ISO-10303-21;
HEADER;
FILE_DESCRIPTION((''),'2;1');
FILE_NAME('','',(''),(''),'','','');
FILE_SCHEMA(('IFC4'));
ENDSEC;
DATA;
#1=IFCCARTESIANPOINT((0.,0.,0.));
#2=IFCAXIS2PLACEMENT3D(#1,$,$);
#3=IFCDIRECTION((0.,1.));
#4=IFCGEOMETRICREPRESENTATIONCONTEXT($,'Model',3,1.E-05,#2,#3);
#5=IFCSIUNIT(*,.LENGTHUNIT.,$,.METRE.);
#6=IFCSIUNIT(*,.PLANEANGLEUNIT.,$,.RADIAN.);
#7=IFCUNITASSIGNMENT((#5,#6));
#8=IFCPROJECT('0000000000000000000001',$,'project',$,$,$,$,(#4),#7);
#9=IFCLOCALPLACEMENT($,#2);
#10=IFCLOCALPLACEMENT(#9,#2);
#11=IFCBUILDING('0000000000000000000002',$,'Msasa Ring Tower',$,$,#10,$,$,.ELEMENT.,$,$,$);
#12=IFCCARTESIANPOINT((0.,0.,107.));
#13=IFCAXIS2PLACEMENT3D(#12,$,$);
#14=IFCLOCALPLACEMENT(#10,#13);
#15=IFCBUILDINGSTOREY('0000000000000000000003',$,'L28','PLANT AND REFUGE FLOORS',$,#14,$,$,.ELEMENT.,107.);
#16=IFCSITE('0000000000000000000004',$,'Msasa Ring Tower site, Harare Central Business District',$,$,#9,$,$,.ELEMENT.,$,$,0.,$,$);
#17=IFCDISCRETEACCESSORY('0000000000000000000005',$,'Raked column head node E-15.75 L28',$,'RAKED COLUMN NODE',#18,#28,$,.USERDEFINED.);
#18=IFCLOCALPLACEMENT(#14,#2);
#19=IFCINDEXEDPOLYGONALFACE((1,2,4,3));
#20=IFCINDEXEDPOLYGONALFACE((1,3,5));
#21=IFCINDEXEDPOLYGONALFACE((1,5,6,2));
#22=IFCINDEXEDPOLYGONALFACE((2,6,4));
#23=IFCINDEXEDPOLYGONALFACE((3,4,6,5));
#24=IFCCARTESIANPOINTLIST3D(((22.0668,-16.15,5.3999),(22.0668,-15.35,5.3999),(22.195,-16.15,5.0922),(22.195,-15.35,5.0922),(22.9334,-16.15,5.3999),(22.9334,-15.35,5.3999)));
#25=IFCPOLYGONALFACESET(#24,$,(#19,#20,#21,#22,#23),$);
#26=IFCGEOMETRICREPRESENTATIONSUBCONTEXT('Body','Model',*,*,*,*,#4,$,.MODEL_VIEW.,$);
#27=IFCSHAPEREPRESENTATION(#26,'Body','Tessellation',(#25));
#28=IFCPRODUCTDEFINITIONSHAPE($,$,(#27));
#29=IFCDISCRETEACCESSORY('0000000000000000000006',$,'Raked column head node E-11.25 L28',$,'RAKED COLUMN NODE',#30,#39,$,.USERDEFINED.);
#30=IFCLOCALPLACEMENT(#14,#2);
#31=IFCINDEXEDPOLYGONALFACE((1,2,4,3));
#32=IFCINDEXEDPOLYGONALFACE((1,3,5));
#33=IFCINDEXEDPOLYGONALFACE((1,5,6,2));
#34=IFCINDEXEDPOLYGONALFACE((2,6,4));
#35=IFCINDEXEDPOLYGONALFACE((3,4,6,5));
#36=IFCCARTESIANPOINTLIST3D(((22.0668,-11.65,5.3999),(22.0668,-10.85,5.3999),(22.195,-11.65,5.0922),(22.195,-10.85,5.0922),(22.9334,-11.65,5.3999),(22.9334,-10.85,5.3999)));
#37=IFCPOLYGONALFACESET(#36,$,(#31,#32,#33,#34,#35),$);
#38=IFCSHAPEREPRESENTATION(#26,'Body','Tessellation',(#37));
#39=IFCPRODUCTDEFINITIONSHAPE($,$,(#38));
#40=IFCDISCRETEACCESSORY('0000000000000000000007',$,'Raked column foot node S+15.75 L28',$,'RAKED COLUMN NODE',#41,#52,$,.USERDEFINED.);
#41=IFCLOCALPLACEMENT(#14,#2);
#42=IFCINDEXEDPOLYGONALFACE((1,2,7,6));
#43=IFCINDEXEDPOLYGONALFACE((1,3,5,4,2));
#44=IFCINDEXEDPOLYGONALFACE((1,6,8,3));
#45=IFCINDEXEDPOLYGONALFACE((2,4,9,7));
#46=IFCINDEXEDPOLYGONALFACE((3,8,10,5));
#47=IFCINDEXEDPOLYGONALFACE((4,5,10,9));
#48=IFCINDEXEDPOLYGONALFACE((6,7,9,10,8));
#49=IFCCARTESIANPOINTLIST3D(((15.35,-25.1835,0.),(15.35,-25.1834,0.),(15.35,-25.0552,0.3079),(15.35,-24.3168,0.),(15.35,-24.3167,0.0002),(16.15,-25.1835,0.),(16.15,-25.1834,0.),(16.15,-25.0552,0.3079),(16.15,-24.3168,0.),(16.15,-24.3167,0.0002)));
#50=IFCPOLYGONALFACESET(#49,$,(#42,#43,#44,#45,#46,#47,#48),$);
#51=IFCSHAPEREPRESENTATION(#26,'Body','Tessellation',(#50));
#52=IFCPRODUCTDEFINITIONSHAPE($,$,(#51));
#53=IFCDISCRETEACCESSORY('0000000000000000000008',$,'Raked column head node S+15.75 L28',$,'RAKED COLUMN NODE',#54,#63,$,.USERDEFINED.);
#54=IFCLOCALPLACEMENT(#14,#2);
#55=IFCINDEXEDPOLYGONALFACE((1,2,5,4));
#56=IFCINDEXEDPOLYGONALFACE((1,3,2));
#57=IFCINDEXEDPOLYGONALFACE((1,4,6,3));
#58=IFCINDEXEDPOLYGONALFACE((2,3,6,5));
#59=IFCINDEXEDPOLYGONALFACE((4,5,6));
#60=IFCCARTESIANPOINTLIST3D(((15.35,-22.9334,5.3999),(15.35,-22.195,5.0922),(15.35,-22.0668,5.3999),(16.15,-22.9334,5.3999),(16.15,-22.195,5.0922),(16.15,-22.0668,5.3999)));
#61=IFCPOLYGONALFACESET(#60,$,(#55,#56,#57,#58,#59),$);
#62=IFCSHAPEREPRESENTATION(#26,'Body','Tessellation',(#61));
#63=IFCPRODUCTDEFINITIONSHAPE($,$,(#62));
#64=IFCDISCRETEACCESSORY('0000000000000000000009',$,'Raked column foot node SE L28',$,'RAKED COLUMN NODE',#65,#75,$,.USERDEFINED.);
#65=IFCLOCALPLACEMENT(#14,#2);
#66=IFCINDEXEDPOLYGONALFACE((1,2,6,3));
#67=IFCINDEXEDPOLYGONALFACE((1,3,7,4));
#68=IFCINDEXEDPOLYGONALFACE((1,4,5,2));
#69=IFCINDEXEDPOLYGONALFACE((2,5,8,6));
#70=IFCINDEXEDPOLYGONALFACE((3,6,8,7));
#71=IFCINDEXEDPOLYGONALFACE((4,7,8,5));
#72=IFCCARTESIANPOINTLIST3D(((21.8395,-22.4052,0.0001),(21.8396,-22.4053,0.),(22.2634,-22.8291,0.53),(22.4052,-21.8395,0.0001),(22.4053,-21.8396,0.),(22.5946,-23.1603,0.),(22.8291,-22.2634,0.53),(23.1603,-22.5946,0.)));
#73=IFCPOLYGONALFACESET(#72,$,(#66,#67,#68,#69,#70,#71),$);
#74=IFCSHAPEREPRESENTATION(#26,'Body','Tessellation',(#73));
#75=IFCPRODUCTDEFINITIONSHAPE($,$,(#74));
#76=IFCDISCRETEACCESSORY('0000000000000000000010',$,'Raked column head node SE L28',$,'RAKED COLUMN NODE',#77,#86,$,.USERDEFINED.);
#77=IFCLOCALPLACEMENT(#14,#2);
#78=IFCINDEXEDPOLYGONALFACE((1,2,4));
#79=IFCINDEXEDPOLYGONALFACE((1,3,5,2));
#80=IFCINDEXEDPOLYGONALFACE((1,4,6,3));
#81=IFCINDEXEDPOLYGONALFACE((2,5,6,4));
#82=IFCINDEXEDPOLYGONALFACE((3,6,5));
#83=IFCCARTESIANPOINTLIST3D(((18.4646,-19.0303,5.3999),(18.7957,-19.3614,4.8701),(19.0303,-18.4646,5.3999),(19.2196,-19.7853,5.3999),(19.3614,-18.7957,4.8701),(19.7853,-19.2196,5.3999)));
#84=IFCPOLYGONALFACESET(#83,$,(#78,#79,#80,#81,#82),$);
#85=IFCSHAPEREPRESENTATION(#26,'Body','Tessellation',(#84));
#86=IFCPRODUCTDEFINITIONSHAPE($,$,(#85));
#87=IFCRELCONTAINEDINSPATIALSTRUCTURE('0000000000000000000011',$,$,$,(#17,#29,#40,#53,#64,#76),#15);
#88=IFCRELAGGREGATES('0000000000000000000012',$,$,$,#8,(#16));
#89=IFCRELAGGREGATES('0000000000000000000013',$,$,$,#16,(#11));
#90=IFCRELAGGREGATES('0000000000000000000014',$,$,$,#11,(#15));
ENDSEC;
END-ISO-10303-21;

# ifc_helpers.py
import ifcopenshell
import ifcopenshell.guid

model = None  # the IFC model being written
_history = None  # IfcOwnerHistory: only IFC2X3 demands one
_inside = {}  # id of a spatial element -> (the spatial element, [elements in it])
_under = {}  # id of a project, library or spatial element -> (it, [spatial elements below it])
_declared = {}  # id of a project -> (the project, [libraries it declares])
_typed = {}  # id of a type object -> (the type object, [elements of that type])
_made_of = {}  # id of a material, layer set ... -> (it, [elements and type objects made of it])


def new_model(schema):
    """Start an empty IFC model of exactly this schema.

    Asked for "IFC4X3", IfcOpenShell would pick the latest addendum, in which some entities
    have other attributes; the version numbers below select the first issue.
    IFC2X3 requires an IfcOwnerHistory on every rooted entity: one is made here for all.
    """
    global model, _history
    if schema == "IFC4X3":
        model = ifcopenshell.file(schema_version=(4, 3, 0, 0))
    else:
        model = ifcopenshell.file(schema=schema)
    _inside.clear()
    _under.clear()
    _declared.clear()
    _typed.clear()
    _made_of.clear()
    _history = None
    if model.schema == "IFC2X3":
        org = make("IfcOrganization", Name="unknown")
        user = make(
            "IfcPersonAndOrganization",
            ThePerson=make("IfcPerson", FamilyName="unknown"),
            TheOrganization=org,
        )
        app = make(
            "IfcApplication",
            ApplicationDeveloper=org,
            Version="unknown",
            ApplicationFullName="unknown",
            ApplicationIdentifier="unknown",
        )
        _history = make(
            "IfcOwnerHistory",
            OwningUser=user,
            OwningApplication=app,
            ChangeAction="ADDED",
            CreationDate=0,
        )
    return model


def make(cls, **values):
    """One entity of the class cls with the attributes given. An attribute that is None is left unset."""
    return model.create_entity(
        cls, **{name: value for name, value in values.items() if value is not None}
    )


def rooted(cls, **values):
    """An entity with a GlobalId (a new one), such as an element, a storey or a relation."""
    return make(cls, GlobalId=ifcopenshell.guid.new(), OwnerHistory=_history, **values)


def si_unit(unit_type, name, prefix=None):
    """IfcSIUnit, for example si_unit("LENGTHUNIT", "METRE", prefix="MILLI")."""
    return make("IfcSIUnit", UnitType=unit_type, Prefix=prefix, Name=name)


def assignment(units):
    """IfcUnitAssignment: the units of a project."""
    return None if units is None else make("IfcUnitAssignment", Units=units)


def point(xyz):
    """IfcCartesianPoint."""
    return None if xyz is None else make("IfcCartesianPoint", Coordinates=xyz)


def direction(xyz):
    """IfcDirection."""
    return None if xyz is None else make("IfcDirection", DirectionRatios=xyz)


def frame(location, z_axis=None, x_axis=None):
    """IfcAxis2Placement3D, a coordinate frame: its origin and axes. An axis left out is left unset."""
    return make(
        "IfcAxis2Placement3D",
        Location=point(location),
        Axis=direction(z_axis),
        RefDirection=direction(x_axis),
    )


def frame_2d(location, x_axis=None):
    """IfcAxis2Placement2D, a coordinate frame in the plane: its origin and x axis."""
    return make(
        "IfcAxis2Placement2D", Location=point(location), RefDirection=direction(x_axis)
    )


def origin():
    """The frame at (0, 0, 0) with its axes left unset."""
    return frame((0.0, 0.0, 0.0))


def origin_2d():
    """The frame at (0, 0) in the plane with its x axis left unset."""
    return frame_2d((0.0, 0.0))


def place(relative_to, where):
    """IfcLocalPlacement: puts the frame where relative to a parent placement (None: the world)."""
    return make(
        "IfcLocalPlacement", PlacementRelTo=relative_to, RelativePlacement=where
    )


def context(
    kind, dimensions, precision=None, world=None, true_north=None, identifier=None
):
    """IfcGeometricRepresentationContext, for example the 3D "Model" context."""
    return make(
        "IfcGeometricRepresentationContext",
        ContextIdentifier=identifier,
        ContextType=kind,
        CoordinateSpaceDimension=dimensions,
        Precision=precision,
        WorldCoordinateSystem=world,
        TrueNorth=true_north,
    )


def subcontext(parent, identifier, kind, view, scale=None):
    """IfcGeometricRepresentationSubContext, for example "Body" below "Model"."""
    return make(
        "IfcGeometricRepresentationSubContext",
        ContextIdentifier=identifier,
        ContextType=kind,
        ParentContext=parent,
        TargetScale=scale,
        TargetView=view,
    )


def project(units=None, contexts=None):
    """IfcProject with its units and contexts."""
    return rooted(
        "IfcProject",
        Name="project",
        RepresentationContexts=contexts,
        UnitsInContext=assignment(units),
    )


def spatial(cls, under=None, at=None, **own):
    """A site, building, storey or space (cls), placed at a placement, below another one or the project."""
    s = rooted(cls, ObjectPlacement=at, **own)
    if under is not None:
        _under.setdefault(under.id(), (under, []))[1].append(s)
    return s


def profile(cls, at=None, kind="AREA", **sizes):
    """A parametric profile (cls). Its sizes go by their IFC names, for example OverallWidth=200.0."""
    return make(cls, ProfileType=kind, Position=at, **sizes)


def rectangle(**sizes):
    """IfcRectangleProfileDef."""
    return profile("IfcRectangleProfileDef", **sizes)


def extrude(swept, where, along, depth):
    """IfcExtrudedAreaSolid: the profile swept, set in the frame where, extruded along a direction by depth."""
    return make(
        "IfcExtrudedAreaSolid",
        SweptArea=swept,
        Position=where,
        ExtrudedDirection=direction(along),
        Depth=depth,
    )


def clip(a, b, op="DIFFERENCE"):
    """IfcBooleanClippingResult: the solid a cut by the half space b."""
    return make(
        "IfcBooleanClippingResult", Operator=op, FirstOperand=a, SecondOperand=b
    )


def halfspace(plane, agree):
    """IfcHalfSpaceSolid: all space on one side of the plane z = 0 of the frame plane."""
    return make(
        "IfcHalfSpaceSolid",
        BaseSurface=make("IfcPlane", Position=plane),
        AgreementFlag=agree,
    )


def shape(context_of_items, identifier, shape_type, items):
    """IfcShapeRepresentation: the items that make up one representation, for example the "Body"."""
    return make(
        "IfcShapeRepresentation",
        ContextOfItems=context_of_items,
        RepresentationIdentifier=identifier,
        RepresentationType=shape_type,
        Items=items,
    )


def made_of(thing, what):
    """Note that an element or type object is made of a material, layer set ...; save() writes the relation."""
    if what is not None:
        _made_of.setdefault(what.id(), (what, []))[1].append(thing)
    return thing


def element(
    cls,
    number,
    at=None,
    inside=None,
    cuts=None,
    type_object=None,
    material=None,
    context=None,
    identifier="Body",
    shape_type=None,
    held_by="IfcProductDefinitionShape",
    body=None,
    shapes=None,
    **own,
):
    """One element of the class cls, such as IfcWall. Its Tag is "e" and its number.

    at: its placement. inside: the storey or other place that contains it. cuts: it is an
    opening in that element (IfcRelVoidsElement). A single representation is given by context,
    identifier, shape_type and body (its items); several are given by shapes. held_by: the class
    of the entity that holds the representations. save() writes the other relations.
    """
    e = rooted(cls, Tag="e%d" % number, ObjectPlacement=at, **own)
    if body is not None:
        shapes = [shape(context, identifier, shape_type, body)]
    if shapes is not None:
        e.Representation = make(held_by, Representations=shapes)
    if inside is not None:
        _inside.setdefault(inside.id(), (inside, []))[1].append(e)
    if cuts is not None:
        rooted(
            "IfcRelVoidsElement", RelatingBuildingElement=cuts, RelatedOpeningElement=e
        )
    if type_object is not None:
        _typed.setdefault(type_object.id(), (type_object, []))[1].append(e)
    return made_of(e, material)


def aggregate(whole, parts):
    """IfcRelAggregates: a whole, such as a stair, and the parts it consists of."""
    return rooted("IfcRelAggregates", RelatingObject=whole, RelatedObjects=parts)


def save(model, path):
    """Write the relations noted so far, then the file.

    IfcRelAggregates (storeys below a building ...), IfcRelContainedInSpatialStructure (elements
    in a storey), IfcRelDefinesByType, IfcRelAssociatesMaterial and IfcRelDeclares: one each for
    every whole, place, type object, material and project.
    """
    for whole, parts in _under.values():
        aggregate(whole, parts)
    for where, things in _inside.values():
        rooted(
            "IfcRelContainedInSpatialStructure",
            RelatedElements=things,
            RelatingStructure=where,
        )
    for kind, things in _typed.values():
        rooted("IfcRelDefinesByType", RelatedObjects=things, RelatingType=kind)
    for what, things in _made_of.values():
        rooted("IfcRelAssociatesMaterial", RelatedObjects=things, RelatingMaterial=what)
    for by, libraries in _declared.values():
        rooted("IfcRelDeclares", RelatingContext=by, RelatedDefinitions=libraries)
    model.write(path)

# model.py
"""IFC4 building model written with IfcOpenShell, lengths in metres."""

from ifc_helpers import new_model, si_unit, direction, frame, origin, origin_2d, place, context, subcontext, project, spatial, rectangle, extrude, clip, halfspace, element, save


model = new_model("IFC4")

# Units and contexts
model_context = context("Model", 3, precision=1e-05, world=origin(), true_north=direction((0.0, 1.0)))
body_context = subcontext(model_context, "Body", "Model", "MODEL_VIEW")
ifc_project = project(units=[si_unit("LENGTHUNIT", "METRE"), si_unit("PLANEANGLEUNIT", "RADIAN")], contexts=[model_context])

# Site, building, storey
site_placement = place(None, origin())
site = spatial("IfcSite", under=ifc_project, at=site_placement, Name="Msasa Ring Tower site, Harare Central Business District", CompositionType="ELEMENT", RefElevation=0.0)
building_placement = place(site_placement, origin())
building = spatial("IfcBuilding", under=site, at=building_placement, Name="Msasa Ring Tower", CompositionType="ELEMENT")
storey_placement = place(building_placement, frame((0.0, 0.0, 107.0)))
storey = spatial("IfcBuildingStorey", under=building, at=storey_placement, Name="L28", Description="PLANT AND REFUGE FLOORS", CompositionType="ELEMENT", Elevation=107.0)

# Discrete accessories
for number, where, name in (
    (1, (22.5, -15.75, 5.3999), "Raked column head node E-15.75 L28"),
    (2, (22.5, -11.25, 5.3999), "Raked column head node E-11.25 L28"),
):
    element("IfcDiscreteAccessory", number, at=place(storey_placement, frame(where)), inside=storey, Name=name, ObjectType="RAKED COLUMN NODE", PredefinedType="USERDEFINED", context=body_context, shape_type="Clipping", body=[
        clip(extrude(rectangle(XDim=0.8, YDim=0.8, at=origin_2d()), frame((0.0642, 0.0, -0.1538), z_axis=(-0.384615, 0.0, 0.923077), x_axis=(0.0, -1.0, 0.0)), (0.0, 0.0, 1.0), 0.3335), halfspace(frame((0.0, 0.0, 0.0), z_axis=(0.0, 0.0, -1.0)), True)),
    ])
discrete_accessory_1_placement = place(storey_placement, frame((15.75, -24.75, 0.0)))
element("IfcDiscreteAccessory", 3, at=discrete_accessory_1_placement, inside=storey, Name="Raked column foot node S+15.75 L28", ObjectType="RAKED COLUMN NODE", PredefinedType="USERDEFINED", context=body_context, shape_type="Clipping", body=[
    clip(extrude(rectangle(XDim=0.8, YDim=0.8, at=origin_2d()), frame((0.0, -0.0642, -0.1538), z_axis=(0.0, 0.384615, 0.923077), x_axis=(0.0, -0.923077, 0.384615)), (0.0, 0.0, 1.0), 0.3335), halfspace(frame((0.0, 0.0, 0.0), z_axis=(0.0, 0.0, 1.0)), True)),
])
discrete_accessory_2_placement = place(storey_placement, frame((15.75, -22.5, 5.3999)))
element("IfcDiscreteAccessory", 4, at=discrete_accessory_2_placement, inside=storey, Name="Raked column head node S+15.75 L28", ObjectType="RAKED COLUMN NODE", PredefinedType="USERDEFINED", context=body_context, shape_type="Clipping", body=[
    clip(extrude(rectangle(XDim=0.8, YDim=0.8, at=origin_2d()), frame((0.0, -0.0642, -0.1538), z_axis=(0.0, 0.384615, 0.923077), x_axis=(0.0, -0.923077, 0.384615)), (0.0, 0.0, 1.0), 0.3335), halfspace(frame((0.0, 0.0, 0.0), z_axis=(0.0, 0.0, -1.0)), True)),
])
discrete_accessory_3_placement = place(storey_placement, frame((22.5, -22.5, 0.0)))
element("IfcDiscreteAccessory", 5, at=discrete_accessory_3_placement, inside=storey, Name="Raked column foot node SE L28", ObjectType="RAKED COLUMN NODE", PredefinedType="USERDEFINED", context=body_context, shape_type="Clipping", body=[
    clip(extrude(rectangle(XDim=0.8, YDim=0.8, at=origin_2d()), frame((0.1655, -0.1655, -0.2649), z_axis=(-0.468293, 0.468293, 0.749269), x_axis=(-0.707107, -0.707107, 0.0)), (0.0, 0.0, 1.0), 0.7073), halfspace(frame((0.0, 0.0, 0.0), z_axis=(0.0, 0.0, 1.0)), True)),
])
discrete_accessory_4_placement = place(storey_placement, frame((19.125, -19.125, 5.3999)))
element("IfcDiscreteAccessory", 6, at=discrete_accessory_4_placement, inside=storey, Name="Raked column head node SE L28", ObjectType="RAKED COLUMN NODE", PredefinedType="USERDEFINED", context=body_context, shape_type="Clipping", body=[
    clip(extrude(rectangle(XDim=0.8, YDim=0.8, at=origin_2d()), frame((0.1655, -0.1655, -0.2649), z_axis=(-0.468293, 0.468293, 0.749269), x_axis=(-0.707107, -0.707107, 0.0)), (0.0, 0.0, 1.0), 0.7073), halfspace(frame((0.0, 0.0, 0.0), z_axis=(0.0, 0.0, -1.0)), True)),
])

save(model, "model.ifc")
